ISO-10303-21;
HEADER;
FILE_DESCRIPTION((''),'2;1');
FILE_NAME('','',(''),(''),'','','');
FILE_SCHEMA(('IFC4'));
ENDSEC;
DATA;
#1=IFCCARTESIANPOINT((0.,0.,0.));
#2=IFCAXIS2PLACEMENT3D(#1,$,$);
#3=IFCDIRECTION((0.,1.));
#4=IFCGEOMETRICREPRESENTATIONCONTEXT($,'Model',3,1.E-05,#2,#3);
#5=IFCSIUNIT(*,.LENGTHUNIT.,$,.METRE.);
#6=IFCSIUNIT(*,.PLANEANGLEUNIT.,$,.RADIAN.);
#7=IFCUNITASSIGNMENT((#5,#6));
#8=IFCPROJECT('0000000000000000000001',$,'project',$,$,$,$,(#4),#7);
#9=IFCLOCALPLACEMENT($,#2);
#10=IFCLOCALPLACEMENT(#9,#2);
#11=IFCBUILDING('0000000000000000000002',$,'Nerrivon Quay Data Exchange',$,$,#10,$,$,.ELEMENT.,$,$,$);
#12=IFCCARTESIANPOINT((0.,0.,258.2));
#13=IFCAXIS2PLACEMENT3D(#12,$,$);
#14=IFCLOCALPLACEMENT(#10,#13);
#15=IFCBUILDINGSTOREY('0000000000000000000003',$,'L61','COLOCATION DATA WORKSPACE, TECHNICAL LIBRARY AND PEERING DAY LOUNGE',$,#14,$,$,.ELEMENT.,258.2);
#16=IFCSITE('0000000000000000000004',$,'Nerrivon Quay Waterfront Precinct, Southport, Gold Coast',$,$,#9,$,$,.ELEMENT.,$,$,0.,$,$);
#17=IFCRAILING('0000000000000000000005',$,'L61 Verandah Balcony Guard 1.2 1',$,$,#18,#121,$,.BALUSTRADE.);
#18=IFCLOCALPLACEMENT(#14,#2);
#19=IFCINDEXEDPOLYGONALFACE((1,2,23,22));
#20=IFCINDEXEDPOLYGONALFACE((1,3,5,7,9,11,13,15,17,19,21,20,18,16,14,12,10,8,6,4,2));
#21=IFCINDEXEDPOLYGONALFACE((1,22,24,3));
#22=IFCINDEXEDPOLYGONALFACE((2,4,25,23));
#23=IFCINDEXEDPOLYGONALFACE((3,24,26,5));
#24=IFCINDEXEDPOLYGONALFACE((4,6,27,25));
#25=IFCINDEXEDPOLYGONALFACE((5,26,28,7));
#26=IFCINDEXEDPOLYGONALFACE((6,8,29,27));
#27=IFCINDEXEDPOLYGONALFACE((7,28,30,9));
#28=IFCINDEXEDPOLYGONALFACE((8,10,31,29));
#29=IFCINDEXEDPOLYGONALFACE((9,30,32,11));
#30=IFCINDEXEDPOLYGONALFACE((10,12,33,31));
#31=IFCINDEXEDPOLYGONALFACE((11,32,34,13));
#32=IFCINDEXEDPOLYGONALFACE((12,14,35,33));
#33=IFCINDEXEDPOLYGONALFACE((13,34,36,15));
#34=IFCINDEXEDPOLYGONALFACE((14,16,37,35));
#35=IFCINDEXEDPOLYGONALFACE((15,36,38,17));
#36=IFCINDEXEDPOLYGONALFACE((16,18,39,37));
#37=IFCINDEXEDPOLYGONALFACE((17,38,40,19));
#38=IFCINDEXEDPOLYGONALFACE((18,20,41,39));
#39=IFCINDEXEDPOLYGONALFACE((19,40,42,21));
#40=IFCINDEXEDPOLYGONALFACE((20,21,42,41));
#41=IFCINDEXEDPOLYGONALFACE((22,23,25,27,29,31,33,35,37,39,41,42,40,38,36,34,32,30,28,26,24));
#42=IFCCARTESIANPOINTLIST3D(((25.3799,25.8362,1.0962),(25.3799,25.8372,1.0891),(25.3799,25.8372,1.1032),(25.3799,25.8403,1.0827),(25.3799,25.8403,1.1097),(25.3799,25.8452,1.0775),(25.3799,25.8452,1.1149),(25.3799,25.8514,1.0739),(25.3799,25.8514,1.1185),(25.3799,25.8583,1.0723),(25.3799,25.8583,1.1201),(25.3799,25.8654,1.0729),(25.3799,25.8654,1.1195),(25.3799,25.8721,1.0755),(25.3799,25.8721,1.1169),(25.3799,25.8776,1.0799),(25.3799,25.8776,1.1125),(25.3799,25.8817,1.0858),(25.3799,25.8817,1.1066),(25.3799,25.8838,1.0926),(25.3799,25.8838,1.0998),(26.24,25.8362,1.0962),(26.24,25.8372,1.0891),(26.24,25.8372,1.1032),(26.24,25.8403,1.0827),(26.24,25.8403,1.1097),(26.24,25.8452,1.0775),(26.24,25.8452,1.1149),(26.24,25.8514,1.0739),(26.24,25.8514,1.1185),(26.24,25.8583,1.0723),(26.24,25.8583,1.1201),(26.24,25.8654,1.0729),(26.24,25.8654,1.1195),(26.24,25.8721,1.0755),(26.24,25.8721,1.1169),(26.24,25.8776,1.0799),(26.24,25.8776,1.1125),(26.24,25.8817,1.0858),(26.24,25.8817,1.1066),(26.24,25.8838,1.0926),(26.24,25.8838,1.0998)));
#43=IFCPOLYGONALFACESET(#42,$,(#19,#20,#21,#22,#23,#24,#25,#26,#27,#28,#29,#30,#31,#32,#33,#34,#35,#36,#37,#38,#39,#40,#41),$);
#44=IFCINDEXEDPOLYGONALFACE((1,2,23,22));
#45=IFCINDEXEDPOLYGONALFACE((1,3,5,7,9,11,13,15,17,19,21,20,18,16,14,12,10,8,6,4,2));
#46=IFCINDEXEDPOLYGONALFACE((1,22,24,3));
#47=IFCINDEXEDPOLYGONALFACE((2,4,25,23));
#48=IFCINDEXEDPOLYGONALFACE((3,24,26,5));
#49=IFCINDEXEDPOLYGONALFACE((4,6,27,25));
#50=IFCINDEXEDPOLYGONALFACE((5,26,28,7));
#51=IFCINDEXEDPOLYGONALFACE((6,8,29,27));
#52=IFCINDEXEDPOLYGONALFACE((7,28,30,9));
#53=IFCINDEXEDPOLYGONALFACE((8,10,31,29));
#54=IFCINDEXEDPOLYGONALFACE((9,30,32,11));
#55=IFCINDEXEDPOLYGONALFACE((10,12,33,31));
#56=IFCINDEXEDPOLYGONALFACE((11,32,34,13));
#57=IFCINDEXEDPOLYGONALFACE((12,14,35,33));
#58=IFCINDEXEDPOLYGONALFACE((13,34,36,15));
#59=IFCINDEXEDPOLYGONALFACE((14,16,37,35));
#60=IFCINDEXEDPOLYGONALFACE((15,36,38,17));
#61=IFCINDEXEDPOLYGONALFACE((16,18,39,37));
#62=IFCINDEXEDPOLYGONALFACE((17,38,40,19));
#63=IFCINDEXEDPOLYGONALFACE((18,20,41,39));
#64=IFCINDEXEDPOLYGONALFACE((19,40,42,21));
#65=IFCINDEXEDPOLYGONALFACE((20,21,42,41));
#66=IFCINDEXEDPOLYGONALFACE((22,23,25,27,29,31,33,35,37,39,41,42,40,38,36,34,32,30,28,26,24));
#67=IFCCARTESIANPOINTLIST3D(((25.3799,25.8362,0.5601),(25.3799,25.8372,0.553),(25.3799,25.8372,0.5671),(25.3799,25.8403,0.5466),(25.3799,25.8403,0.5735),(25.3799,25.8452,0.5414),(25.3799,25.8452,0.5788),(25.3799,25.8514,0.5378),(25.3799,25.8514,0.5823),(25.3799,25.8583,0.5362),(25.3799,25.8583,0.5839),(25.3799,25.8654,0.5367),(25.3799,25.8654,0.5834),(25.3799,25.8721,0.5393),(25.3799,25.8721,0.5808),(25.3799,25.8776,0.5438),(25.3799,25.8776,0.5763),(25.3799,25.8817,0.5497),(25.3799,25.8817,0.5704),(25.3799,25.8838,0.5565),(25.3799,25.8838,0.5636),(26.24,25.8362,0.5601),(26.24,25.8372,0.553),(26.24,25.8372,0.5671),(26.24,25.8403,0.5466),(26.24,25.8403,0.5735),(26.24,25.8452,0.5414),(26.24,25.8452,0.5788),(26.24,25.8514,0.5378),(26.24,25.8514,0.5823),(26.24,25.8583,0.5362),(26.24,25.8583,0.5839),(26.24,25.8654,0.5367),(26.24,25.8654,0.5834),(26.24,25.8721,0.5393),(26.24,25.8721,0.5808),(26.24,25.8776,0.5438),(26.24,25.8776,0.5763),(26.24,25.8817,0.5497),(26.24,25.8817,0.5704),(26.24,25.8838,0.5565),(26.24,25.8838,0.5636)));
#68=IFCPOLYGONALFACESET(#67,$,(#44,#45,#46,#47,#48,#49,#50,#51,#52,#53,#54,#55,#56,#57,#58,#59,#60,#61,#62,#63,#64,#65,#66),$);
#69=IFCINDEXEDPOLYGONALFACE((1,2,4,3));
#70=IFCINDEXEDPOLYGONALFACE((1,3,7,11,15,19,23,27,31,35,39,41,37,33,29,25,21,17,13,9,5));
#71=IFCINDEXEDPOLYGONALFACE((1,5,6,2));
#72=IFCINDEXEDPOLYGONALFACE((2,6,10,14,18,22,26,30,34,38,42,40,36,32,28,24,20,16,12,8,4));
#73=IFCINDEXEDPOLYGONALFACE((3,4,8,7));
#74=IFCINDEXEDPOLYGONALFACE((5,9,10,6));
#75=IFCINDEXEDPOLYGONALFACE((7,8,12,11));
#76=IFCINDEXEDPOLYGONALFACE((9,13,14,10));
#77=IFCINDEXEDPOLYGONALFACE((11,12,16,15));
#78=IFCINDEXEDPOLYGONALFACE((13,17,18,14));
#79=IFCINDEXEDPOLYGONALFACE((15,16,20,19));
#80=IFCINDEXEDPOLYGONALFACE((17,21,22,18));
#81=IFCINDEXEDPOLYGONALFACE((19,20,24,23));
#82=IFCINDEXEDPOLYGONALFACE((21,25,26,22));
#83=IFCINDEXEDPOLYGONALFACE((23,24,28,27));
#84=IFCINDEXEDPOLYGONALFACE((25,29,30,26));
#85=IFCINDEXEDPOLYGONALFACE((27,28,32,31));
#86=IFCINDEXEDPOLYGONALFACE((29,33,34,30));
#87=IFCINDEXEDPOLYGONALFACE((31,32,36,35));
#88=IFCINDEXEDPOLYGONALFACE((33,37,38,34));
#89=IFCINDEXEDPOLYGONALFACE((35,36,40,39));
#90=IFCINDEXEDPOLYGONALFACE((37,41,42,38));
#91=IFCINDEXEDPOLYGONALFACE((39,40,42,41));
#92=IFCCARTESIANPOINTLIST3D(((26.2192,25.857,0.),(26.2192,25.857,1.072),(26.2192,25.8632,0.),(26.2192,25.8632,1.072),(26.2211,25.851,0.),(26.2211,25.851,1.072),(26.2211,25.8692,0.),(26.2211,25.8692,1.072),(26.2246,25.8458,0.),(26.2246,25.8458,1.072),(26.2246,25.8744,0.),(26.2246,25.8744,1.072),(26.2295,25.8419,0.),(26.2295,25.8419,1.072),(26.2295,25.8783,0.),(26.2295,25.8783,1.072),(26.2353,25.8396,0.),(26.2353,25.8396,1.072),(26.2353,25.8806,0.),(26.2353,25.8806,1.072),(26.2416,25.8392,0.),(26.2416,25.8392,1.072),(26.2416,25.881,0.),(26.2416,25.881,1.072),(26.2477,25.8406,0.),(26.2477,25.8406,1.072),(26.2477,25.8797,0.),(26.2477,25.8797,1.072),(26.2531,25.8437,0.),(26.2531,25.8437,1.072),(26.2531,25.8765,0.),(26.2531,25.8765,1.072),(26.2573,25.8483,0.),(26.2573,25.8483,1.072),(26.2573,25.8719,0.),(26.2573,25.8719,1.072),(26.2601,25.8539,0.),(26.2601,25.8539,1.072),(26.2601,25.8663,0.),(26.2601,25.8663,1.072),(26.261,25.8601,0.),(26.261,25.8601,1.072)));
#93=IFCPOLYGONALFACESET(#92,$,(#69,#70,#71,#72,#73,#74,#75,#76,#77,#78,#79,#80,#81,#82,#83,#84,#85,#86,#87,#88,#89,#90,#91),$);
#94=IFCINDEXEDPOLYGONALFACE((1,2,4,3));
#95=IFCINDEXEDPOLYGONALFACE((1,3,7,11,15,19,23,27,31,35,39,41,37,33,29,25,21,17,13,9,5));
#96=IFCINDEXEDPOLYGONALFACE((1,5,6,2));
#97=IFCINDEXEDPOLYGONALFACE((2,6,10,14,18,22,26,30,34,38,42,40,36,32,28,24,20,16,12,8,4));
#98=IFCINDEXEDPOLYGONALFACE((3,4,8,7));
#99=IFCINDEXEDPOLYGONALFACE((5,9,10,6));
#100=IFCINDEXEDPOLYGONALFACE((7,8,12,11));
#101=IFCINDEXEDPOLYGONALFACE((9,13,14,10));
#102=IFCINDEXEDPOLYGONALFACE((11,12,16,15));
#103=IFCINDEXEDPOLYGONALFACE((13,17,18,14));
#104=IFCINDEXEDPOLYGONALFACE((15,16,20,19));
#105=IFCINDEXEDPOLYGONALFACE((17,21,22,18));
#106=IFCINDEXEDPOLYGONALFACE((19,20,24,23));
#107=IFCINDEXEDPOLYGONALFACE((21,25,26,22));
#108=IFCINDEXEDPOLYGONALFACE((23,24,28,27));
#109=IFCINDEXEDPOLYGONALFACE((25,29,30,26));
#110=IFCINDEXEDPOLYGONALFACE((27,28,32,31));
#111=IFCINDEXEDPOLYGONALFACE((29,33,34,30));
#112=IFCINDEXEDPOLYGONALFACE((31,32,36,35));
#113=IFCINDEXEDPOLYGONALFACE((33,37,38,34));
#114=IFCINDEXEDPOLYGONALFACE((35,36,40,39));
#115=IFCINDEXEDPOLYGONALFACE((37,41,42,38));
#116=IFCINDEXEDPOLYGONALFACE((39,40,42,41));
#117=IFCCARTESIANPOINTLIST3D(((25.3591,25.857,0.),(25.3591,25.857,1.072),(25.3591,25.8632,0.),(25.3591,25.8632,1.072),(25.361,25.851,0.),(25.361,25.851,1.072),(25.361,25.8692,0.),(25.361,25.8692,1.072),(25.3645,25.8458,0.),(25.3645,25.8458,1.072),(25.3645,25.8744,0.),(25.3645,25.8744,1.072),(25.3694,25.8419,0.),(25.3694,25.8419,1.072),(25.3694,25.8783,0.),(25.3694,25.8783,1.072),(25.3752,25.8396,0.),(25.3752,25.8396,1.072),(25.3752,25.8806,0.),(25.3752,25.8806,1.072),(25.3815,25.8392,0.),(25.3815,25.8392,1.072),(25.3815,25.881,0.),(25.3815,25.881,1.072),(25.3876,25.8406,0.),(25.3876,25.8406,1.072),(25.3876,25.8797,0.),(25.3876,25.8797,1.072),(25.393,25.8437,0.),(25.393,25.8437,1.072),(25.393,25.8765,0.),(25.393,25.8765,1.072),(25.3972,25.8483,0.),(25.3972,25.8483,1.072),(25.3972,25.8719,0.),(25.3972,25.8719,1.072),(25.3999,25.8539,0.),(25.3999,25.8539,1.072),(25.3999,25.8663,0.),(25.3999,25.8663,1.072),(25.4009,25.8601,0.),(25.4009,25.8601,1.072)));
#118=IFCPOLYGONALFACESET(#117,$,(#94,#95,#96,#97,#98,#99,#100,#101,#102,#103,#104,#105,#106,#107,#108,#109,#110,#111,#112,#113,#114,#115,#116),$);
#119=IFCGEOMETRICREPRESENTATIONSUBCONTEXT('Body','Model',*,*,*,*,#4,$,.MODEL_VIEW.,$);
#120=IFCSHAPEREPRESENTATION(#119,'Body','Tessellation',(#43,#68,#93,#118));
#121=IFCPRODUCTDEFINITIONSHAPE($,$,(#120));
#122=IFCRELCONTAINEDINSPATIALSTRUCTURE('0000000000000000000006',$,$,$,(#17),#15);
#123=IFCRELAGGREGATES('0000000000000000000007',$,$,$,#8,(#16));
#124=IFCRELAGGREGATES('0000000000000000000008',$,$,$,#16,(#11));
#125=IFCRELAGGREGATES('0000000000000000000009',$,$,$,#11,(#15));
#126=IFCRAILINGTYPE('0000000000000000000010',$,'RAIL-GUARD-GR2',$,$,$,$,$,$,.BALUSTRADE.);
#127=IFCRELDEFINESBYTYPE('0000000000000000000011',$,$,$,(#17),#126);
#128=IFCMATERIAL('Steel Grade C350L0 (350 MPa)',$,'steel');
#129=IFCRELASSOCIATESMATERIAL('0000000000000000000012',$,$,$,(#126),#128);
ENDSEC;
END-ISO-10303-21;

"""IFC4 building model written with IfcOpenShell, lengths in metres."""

from ifc_helpers import new_model, si_unit, direction, frame, origin, origin_2d, place, context, subcontext, project, spatial, circle, extrude, material, type_object, element, save


model = new_model("IFC4")

# Units and contexts
model_context = context("Model", 3, precision=1e-05, world=origin(), true_north=direction((0.0, 1.0)))
body_context = subcontext(model_context, "Body", "Model", "MODEL_VIEW")
ifc_project = project(units=[si_unit("LENGTHUNIT", "METRE"), si_unit("PLANEANGLEUNIT", "RADIAN")], contexts=[model_context])

# Site, building, storey
site_placement = place(None, origin())
site = spatial("IfcSite", under=ifc_project, at=site_placement, Name="Nerrivon Quay Waterfront Precinct, Southport, Gold Coast", CompositionType="ELEMENT", RefElevation=0.0)
building_placement = place(site_placement, origin())
building = spatial("IfcBuilding", under=site, at=building_placement, Name="Nerrivon Quay Data Exchange", CompositionType="ELEMENT")
storey_placement = place(building_placement, frame((0.0, 0.0, 258.2)))
storey = spatial("IfcBuildingStorey", under=building, at=storey_placement, Name="L61", Description="COLOCATION DATA WORKSPACE, TECHNICAL LIBRARY AND PEERING DAY LOUNGE", CompositionType="ELEMENT", Elevation=258.2)

# Shared definitions
ifc_material_1 = material(Name="Steel Grade C350L0 (350 MPa)", Category="steel")

# Railing
railing_type = type_object("IfcRailingType", Name="RAIL-GUARD-GR2", PredefinedType="BALUSTRADE", material=ifc_material_1)
railing_1_placement = place(storey_placement, frame((26.24, 25.8601, 0.0)))
element("IfcRailing", 1, at=railing_1_placement, inside=storey, type_object=railing_type, Name="L61 Verandah Balcony Guard 1.2 1", PredefinedType="BALUSTRADE", context=body_context, shape_type="SweptSolid", body=[
    extrude(circle(Radius=0.0239, at=origin_2d()), frame((0.0, 0.0, 1.0962), z_axis=(-1.0, 0.0, 0.0), x_axis=(0.0, -1.0, 0.0)), (0.0, 0.0, 1.0), 0.8601),
    extrude(circle(Radius=0.0239, at=origin_2d()), frame((0.0, 0.0, 0.5601), z_axis=(-1.0, 0.0, 0.0), x_axis=(0.0, -1.0, 0.0)), (0.0, 0.0, 1.0), 0.8601),
    extrude(circle(Radius=0.021, at=origin_2d()), origin(), (0.0, 0.0, 1.0), 1.072),
    extrude(circle(Radius=0.021, at=origin_2d()), frame((-0.8601, 0.0, 0.0)), (0.0, 0.0, 1.0), 1.072),
])

save(model, "model.ifc")
